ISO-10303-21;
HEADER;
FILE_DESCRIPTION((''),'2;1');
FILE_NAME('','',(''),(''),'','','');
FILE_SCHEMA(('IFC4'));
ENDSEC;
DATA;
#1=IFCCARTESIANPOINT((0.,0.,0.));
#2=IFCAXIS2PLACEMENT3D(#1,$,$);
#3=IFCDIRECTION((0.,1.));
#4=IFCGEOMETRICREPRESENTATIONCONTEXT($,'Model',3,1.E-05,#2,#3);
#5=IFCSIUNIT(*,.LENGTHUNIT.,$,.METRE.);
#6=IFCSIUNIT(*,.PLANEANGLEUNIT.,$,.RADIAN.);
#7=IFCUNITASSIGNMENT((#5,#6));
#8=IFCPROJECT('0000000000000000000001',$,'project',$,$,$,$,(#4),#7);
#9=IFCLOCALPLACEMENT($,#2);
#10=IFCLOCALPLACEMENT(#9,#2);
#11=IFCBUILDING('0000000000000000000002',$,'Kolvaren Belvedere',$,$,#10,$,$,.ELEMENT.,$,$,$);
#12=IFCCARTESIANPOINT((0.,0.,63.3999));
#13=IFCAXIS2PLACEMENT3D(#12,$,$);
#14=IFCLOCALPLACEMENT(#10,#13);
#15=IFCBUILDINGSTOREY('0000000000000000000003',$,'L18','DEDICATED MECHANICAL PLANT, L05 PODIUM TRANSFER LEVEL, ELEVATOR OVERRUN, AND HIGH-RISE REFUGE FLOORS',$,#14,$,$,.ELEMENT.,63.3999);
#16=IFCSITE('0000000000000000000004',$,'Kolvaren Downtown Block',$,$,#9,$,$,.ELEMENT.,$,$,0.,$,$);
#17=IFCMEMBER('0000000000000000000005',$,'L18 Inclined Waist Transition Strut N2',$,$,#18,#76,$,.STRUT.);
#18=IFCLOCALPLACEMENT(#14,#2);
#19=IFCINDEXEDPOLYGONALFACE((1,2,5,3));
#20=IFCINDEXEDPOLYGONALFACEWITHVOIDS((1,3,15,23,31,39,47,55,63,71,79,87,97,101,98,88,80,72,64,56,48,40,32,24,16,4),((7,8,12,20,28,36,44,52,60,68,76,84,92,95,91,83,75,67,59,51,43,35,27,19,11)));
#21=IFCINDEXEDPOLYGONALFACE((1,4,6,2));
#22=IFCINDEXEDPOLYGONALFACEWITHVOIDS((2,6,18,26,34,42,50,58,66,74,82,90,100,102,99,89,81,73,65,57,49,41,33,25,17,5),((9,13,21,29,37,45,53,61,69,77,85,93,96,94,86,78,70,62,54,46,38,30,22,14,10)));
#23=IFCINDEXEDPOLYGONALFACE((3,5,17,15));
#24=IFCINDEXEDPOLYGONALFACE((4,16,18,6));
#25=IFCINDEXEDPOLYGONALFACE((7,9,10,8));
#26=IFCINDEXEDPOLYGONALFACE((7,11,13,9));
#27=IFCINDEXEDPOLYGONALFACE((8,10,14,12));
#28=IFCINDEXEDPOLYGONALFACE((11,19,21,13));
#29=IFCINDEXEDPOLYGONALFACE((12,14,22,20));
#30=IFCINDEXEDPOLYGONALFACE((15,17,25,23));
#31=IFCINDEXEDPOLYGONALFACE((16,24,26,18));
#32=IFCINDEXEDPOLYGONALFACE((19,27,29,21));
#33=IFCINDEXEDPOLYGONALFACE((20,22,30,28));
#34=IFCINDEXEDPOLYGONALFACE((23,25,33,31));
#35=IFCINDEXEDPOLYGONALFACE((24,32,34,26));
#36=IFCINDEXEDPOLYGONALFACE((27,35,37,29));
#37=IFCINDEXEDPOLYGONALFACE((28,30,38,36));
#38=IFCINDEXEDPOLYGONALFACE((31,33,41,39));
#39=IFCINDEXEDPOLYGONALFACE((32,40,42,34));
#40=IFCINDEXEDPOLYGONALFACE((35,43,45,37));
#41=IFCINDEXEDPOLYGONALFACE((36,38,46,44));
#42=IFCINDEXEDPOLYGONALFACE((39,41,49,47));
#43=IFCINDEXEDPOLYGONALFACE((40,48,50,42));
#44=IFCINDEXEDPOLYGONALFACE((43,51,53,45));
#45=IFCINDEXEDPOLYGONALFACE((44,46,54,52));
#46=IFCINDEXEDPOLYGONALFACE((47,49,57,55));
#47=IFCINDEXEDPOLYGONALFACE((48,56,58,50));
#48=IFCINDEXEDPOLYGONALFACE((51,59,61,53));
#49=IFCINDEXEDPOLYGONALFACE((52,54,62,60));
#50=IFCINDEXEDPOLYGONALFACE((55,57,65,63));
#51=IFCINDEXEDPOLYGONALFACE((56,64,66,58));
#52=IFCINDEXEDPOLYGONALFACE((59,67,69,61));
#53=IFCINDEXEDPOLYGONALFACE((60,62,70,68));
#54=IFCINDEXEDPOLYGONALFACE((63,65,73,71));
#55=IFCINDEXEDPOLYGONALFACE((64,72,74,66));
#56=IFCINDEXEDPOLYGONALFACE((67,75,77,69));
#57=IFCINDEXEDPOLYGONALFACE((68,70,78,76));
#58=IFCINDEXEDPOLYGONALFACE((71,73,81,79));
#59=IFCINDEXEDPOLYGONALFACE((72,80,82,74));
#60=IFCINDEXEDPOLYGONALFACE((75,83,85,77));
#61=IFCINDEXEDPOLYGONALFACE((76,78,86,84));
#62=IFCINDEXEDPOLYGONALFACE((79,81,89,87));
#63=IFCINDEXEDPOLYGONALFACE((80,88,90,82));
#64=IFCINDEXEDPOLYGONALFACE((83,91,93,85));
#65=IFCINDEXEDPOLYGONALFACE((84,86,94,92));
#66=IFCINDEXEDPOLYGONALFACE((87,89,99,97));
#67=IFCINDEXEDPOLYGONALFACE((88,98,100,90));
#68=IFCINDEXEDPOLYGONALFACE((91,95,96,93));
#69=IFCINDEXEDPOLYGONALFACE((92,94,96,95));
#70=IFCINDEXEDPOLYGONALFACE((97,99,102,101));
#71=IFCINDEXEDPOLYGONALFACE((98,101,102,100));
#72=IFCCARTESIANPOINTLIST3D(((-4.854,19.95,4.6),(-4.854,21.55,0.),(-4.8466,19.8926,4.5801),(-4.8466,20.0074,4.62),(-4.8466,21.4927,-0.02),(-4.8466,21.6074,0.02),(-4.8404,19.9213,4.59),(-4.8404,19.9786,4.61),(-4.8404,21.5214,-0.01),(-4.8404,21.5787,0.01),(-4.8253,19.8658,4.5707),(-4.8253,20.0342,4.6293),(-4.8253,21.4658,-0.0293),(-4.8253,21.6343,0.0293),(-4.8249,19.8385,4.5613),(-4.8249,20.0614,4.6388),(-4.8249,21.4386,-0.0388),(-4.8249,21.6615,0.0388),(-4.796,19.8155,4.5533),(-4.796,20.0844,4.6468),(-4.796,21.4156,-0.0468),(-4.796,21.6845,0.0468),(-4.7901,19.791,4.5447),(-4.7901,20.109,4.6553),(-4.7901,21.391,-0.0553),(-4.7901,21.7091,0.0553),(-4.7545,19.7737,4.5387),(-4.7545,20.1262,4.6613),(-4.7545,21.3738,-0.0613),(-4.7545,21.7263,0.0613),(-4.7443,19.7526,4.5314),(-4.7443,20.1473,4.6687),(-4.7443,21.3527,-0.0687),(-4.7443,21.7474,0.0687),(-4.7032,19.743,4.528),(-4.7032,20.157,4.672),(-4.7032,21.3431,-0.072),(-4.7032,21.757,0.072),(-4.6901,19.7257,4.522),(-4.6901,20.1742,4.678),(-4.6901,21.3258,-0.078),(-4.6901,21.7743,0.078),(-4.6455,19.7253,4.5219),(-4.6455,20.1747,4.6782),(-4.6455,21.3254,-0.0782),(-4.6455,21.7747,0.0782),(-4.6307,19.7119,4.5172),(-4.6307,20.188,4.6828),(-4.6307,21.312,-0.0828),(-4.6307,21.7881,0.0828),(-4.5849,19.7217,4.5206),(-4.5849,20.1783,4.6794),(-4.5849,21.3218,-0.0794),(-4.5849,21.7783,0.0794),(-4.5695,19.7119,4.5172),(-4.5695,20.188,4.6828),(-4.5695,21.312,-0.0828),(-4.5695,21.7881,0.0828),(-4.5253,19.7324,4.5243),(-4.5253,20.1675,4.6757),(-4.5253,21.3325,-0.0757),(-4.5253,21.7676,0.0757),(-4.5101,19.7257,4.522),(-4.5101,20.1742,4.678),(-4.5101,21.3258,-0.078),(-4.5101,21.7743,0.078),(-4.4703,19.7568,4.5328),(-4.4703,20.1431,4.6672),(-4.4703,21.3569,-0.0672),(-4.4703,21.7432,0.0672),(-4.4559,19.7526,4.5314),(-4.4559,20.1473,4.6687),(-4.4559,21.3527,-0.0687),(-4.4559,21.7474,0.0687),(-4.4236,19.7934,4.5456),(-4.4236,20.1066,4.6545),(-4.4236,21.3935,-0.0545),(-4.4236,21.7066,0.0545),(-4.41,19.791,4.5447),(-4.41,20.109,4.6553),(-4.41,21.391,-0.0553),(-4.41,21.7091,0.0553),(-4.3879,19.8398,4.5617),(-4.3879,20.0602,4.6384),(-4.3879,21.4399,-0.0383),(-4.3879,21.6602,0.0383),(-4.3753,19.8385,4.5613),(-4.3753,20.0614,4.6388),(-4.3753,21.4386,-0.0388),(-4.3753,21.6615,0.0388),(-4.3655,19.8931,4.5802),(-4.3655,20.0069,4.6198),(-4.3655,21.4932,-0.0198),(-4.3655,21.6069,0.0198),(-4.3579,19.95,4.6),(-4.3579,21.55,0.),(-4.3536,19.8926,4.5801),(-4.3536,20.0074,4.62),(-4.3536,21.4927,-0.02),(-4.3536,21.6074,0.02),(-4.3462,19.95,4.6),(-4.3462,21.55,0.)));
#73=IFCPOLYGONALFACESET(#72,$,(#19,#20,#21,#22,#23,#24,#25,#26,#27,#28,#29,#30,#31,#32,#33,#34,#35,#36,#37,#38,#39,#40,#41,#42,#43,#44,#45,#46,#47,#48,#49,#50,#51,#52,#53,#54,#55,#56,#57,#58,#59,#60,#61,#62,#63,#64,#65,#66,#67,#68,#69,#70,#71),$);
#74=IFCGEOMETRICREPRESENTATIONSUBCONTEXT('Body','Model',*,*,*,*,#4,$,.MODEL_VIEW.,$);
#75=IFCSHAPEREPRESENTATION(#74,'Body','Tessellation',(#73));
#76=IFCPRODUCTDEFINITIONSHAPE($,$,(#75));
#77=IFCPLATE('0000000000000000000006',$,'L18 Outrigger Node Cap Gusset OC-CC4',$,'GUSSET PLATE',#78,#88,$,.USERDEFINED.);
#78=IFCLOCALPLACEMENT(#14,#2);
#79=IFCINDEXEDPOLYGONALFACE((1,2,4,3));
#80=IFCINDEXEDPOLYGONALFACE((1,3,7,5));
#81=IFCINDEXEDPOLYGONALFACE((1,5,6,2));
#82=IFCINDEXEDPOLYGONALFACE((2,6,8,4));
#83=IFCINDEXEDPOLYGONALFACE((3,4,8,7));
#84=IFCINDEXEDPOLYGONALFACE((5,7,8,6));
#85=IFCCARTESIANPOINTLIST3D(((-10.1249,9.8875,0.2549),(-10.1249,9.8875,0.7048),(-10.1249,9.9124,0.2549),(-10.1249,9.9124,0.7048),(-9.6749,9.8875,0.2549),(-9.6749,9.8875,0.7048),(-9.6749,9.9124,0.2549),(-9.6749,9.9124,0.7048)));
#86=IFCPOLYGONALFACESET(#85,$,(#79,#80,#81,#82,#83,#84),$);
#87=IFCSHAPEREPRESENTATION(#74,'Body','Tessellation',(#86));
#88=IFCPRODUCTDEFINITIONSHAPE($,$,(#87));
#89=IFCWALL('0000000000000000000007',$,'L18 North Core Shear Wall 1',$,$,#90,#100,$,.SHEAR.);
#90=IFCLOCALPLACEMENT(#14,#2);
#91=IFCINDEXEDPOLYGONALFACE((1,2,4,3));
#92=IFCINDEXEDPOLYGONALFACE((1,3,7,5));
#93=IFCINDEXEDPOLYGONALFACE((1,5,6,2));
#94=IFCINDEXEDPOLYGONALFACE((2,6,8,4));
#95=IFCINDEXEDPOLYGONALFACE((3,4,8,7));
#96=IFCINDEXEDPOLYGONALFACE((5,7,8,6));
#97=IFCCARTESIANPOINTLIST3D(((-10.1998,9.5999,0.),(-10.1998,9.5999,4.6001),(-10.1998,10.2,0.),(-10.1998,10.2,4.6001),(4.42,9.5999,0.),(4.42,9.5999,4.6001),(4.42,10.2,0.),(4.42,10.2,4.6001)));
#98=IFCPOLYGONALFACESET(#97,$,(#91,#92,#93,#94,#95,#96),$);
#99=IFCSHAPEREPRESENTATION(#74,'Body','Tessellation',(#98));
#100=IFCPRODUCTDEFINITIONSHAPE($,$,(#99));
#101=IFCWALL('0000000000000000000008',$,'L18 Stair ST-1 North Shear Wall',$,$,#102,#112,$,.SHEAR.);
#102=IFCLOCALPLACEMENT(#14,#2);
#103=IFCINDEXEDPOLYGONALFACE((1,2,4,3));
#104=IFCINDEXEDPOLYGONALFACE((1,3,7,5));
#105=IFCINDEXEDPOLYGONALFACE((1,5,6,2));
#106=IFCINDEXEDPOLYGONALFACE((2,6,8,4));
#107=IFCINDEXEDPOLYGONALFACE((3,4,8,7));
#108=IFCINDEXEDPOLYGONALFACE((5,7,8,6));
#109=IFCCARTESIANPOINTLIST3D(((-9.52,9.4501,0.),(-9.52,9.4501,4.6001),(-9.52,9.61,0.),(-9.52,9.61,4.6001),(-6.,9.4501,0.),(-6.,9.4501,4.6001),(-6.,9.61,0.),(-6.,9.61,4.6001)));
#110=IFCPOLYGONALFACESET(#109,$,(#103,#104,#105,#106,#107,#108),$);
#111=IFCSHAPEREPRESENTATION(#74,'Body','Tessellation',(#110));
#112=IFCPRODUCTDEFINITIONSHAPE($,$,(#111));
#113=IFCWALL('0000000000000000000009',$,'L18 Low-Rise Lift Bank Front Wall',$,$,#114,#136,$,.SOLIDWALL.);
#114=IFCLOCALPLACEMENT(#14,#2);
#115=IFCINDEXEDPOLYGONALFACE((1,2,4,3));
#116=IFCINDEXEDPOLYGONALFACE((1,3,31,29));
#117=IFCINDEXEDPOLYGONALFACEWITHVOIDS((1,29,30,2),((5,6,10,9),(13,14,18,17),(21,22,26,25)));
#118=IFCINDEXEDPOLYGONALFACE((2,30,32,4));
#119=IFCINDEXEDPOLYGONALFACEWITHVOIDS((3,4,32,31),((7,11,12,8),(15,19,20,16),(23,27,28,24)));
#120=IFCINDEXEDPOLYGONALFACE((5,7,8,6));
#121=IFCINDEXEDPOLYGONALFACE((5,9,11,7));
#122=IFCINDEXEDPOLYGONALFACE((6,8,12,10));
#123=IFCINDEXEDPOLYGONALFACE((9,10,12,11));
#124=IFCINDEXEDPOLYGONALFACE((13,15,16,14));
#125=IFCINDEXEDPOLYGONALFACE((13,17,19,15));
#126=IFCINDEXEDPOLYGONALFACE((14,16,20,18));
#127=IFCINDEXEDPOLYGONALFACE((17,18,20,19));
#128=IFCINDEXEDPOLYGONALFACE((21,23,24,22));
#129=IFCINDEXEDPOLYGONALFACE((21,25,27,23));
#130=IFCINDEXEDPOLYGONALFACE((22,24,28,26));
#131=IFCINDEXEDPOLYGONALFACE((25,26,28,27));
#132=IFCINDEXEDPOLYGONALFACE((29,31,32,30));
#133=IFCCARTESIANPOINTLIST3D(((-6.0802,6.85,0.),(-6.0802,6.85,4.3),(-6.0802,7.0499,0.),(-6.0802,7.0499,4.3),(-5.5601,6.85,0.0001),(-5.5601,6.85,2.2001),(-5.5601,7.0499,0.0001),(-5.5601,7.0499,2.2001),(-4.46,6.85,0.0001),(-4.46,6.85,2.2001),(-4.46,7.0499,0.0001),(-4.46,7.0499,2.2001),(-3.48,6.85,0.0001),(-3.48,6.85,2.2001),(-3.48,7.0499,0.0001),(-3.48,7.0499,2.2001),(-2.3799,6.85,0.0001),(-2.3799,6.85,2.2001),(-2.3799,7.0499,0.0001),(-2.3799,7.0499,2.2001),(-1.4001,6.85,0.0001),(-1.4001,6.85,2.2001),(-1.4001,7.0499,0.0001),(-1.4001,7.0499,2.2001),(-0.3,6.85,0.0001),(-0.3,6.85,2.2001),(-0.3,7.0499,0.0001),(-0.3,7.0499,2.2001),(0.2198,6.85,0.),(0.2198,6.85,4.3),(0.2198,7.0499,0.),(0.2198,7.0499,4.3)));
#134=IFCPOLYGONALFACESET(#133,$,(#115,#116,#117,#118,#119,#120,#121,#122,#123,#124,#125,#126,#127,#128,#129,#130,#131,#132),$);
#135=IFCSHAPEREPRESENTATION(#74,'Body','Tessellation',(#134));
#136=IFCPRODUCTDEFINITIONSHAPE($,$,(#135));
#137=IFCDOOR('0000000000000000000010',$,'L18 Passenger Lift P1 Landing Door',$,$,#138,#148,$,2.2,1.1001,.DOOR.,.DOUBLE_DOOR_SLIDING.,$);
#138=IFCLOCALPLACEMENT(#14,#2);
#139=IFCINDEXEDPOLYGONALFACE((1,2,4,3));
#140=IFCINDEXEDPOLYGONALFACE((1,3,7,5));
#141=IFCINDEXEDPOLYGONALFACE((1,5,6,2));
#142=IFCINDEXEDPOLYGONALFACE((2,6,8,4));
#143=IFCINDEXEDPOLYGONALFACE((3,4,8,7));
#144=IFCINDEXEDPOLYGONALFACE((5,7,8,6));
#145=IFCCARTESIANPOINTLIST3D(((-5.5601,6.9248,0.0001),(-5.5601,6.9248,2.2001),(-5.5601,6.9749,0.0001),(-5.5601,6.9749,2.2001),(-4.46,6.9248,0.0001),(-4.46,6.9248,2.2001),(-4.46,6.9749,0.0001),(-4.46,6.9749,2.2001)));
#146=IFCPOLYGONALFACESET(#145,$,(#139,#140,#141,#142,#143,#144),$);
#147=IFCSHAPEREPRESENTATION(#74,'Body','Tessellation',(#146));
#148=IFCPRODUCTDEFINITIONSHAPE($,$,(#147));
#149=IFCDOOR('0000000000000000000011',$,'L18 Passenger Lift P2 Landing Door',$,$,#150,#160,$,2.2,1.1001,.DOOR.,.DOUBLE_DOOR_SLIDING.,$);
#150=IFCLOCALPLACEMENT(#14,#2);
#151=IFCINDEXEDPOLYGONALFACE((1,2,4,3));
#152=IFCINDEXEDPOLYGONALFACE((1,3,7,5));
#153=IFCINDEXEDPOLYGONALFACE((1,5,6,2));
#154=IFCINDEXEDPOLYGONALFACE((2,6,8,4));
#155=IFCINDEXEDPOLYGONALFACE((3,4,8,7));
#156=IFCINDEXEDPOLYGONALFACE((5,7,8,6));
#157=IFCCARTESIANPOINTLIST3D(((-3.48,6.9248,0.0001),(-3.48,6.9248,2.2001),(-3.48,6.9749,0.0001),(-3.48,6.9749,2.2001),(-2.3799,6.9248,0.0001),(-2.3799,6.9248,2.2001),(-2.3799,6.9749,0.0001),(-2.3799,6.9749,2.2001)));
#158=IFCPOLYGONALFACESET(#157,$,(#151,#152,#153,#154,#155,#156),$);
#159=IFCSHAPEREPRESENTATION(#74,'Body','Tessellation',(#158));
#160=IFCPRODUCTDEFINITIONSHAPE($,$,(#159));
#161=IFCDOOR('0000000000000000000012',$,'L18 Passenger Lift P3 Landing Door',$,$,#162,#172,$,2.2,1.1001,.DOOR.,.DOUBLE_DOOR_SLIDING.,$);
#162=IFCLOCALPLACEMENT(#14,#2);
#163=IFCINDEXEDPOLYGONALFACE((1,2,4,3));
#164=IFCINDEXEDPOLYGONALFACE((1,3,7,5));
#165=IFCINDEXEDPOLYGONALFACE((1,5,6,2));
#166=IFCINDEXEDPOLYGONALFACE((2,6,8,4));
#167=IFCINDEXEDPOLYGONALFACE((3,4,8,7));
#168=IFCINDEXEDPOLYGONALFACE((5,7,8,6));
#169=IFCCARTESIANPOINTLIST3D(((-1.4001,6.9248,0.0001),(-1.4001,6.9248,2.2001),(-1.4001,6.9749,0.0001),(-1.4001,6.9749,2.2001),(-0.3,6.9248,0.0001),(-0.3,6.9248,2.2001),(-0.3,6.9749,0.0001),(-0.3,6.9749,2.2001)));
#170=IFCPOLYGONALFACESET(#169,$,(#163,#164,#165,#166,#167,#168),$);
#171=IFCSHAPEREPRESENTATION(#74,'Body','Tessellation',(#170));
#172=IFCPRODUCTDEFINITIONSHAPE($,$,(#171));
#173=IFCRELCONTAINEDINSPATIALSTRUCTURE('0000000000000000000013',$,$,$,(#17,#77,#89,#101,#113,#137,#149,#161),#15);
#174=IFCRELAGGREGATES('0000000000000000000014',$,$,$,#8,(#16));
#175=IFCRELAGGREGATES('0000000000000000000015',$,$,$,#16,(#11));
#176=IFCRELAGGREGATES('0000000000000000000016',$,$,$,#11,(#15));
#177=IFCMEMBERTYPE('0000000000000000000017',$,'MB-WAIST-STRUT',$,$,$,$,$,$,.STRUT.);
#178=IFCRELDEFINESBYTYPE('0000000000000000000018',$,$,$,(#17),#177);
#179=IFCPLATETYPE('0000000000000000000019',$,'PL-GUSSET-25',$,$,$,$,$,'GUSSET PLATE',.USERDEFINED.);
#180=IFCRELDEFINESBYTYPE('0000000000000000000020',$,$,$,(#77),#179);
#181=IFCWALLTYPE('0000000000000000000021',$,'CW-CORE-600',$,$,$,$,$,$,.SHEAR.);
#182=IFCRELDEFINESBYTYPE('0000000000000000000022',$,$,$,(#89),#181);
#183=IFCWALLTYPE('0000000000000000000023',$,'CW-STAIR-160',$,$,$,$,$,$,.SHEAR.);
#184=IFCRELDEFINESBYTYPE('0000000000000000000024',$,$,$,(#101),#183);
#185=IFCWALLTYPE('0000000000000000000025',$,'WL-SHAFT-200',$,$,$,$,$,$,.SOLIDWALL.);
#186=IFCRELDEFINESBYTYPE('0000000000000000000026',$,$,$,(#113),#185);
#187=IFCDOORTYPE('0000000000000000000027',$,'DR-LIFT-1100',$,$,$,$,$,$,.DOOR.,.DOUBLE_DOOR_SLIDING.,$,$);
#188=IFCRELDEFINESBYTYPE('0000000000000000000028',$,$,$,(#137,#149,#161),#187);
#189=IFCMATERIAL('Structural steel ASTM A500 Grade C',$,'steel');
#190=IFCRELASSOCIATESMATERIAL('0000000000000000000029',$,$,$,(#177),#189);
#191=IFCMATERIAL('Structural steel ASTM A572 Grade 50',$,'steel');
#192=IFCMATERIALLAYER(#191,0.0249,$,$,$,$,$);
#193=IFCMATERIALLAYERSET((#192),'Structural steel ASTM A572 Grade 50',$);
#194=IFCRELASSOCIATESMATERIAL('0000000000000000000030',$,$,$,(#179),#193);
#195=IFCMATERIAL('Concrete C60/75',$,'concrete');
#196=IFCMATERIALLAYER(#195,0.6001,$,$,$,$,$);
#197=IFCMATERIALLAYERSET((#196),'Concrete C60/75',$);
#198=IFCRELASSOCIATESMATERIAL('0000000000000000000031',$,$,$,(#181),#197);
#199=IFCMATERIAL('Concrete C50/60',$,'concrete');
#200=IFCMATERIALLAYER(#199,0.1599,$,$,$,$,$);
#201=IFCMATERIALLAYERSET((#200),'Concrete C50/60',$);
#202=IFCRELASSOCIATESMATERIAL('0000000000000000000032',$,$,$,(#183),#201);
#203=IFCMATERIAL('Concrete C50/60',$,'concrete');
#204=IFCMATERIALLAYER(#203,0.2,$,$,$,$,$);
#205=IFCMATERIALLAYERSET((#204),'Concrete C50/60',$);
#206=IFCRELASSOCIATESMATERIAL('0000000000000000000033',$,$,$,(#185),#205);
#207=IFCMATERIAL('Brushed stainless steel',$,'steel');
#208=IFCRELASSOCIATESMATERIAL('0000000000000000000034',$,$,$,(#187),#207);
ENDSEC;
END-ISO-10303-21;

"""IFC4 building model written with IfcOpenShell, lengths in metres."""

from ifc_helpers import new_model, si_unit, direction, frame, frame_2d, origin, origin_2d, place, context, subcontext, project, spatial, rectangle, hollow_circle, extrude, material, layer, layer_set, material_profile, profile_set, type_object, element, fill, save


model = new_model("IFC4")

# Units and contexts
model_context = context("Model", 3, precision=1e-05, world=origin(), true_north=direction((0.0, 1.0)))
body_context = subcontext(model_context, "Body", "Model", "MODEL_VIEW")
ifc_project = project(units=[si_unit("LENGTHUNIT", "METRE"), si_unit("PLANEANGLEUNIT", "RADIAN")], contexts=[model_context])

# Site, building, storey
site_placement = place(None, origin())
site = spatial("IfcSite", under=ifc_project, at=site_placement, Name="Kolvaren Downtown Block", CompositionType="ELEMENT", RefElevation=0.0)
building_placement = place(site_placement, origin())
building = spatial("IfcBuilding", under=site, at=building_placement, Name="Kolvaren Belvedere", CompositionType="ELEMENT")
storey_placement = place(building_placement, frame((0.0, 0.0, 63.3999)))
storey = spatial("IfcBuildingStorey", under=building, at=storey_placement, Name="L18", Description="DEDICATED MECHANICAL PLANT, L05 PODIUM TRANSFER LEVEL, ELEVATOR OVERRUN, AND HIGH-RISE REFUGE FLOORS", CompositionType="ELEMENT", Elevation=63.3999)

# Member
ifc_material_1 = material(Name="Structural steel ASTM A500 Grade C", Category="steel")
ifc_material_profile_1 = material_profile(ifc_material_1, hollow_circle(Radius=0.2539, WallThickness=0.0117, at=origin_2d()), Name="HSS20.000X0.500")
ifc_profile_set_1 = profile_set([ifc_material_profile_1], Name="Structural steel ASTM A500 Grade C")
member_type = type_object("IfcMemberType", Name="MB-WAIST-STRUT", PredefinedType="STRUT", material=ifc_profile_set_1)
member_placement = place(storey_placement, frame((-4.6001, 21.55, 0.0), z_axis=(0.0, -0.328532, 0.944493), x_axis=(1.0, 0.0, 0.0)))
element("IfcMember", 1, at=member_placement, inside=storey, type_object=member_type, Name="L18 Inclined Waist Transition Strut N2", PredefinedType="STRUT", context=body_context, shape_type="SweptSolid", body=[
    extrude(hollow_circle(Radius=0.2539, WallThickness=0.0117, at=origin_2d()), origin(), (0.0, 0.0, 1.0), 4.8704),
])

# Plate
ifc_material_2 = material(Name="Structural steel ASTM A572 Grade 50", Category="steel")
ifc_layer_1 = layer(ifc_material_2, 0.0249)
ifc_layer_set_1 = layer_set([ifc_layer_1], Name="Structural steel ASTM A572 Grade 50")
plate_type = type_object("IfcPlateType", Name="PL-GUSSET-25", ElementType="GUSSET PLATE", PredefinedType="USERDEFINED", material=ifc_layer_set_1)
plate_placement = place(storey_placement, frame((-9.8999, 9.8999, 0.2549), z_axis=(0.0, 0.0, 1.0), x_axis=(1.0, 0.0, 0.0)))
element("IfcPlate", 2, at=plate_placement, inside=storey, type_object=plate_type, Name="L18 Outrigger Node Cap Gusset OC-CC4", ObjectType="GUSSET PLATE", PredefinedType="USERDEFINED", context=body_context, shape_type="SweptSolid", body=[
    extrude(rectangle(XDim=0.45, YDim=0.0249, at=origin_2d()), origin(), (0.0, 0.0, 1.0), 0.45),
])

# Walls
ifc_material_3 = material(Name="Concrete C60/75", Category="concrete")
ifc_layer_2 = layer(ifc_material_3, 0.6001)
ifc_layer_set_2 = layer_set([ifc_layer_2], Name="Concrete C60/75")
wall_type_1 = type_object("IfcWallType", Name="CW-CORE-600", PredefinedType="SHEAR", material=ifc_layer_set_2)
wall_1_placement = place(storey_placement, frame((-10.2, 9.8999, 0.0), z_axis=(0.0, 0.0, 1.0), x_axis=(1.0, 0.0, 0.0)))
element("IfcWall", 3, at=wall_1_placement, inside=storey, type_object=wall_type_1, Name="L18 North Core Shear Wall 1", PredefinedType="SHEAR", context=body_context, shape_type="SweptSolid", body=[
    extrude(rectangle(XDim=14.6199, YDim=0.6001, at=frame_2d((7.3101, 0.0))), origin(), (0.0, 0.0, 1.0), 4.6001),
])
ifc_material_4 = material(Name="Concrete C50/60", Category="concrete")
ifc_layer_3 = layer(ifc_material_4, 0.1599)
ifc_layer_set_3 = layer_set([ifc_layer_3], Name="Concrete C50/60")
wall_type_2 = type_object("IfcWallType", Name="CW-STAIR-160", PredefinedType="SHEAR", material=ifc_layer_set_3)
wall_2_placement = place(storey_placement, frame((-9.52, 9.53, 0.0), z_axis=(0.0, 0.0, 1.0), x_axis=(1.0, 0.0, 0.0)))
element("IfcWall", 4, at=wall_2_placement, inside=storey, type_object=wall_type_2, Name="L18 Stair ST-1 North Shear Wall", PredefinedType="SHEAR", context=body_context, shape_type="SweptSolid", body=[
    extrude(rectangle(XDim=3.52, YDim=0.1599, at=frame_2d((1.76, 0.0))), origin(), (0.0, 0.0, 1.0), 4.6001),
])

# Wall, openings, doors
ifc_material_5 = material(Name="Concrete C50/60", Category="concrete")
ifc_layer_4 = layer(ifc_material_5, 0.2)
ifc_layer_set_4 = layer_set([ifc_layer_4], Name="Concrete C50/60")
wall_type_3 = type_object("IfcWallType", Name="WL-SHAFT-200", PredefinedType="SOLIDWALL", material=ifc_layer_set_4)
wall_3_placement = place(storey_placement, frame((-6.0801, 6.95, 0.0), z_axis=(0.0, 0.0, 1.0), x_axis=(1.0, 0.0, 0.0)))
wall_3 = element("IfcWall", 5, at=wall_3_placement, inside=storey, type_object=wall_type_3, Name="L18 Low-Rise Lift Bank Front Wall", PredefinedType="SOLIDWALL", context=body_context, shape_type="SweptSolid", body=[
    extrude(rectangle(XDim=6.3, YDim=0.2, at=frame_2d((3.1499, 0.0))), origin(), (0.0, 0.0, 1.0), 4.3),
])
opening_1_placement = place(wall_3_placement, frame((0.52, 0.0, 0.0)))
opening_1 = element("IfcOpeningElement", 6, at=opening_1_placement, cuts=wall_3, PredefinedType="OPENING", context=body_context, shape_type="SweptSolid", body=[
    extrude(rectangle(XDim=1.1001, YDim=2.2, at=frame_2d((0.55, 1.1001))), frame((0.0, 0.1099, 0.0), z_axis=(0.0, -1.0, 0.0), x_axis=(1.0, 0.0, 0.0)), (0.0, 0.0, 1.0), 0.22),
])
opening_2_placement = place(wall_3_placement, frame((2.6001, 0.0, 0.0)))
opening_2 = element("IfcOpeningElement", 7, at=opening_2_placement, cuts=wall_3, PredefinedType="OPENING", context=body_context, shape_type="SweptSolid", body=[
    extrude(rectangle(XDim=1.1001, YDim=2.2, at=frame_2d((0.55, 1.1001))), frame((0.0, 0.1099, 0.0), z_axis=(0.0, -1.0, 0.0), x_axis=(1.0, 0.0, 0.0)), (0.0, 0.0, 1.0), 0.22),
])
opening_3_placement = place(wall_3_placement, frame((4.6799, 0.0, 0.0)))
opening_3 = element("IfcOpeningElement", 8, at=opening_3_placement, cuts=wall_3, PredefinedType="OPENING", context=body_context, shape_type="SweptSolid", body=[
    extrude(rectangle(XDim=1.1001, YDim=2.2, at=frame_2d((0.55, 1.1001))), frame((0.0, 0.1099, 0.0), z_axis=(0.0, -1.0, 0.0), x_axis=(1.0, 0.0, 0.0)), (0.0, 0.0, 1.0), 0.22),
])
ifc_material_6 = material(Name="Brushed stainless steel", Category="steel")
door_type = type_object("IfcDoorType", Name="DR-LIFT-1100", OperationType="DOUBLE_DOOR_SLIDING", PredefinedType="DOOR", material=ifc_material_6)
door_1_placement = place(opening_1_placement, origin())
door_1 = element("IfcDoor", 9, at=door_1_placement, inside=storey, type_object=door_type, Name="L18 Passenger Lift P1 Landing Door", OperationType="DOUBLE_DOOR_SLIDING", OverallHeight=2.2, OverallWidth=1.1001, PredefinedType="DOOR", context=body_context, shape_type="SweptSolid", body=[
    extrude(rectangle(XDim=1.1001, YDim=2.2, at=frame_2d((0.55, 1.1001))), frame((0.0, 0.0249, 0.0), z_axis=(0.0, -1.0, 0.0), x_axis=(1.0, 0.0, 0.0)), (0.0, 0.0, 1.0), 0.05),
])
fill(opening_1, door_1)
door_2_placement = place(opening_2_placement, origin())
door_2 = element("IfcDoor", 10, at=door_2_placement, inside=storey, type_object=door_type, Name="L18 Passenger Lift P2 Landing Door", OperationType="DOUBLE_DOOR_SLIDING", OverallHeight=2.2, OverallWidth=1.1001, PredefinedType="DOOR", context=body_context, shape_type="SweptSolid", body=[
    extrude(rectangle(XDim=1.1001, YDim=2.2, at=frame_2d((0.55, 1.1001))), frame((0.0, 0.0249, 0.0), z_axis=(0.0, -1.0, 0.0), x_axis=(1.0, 0.0, 0.0)), (0.0, 0.0, 1.0), 0.05),
])
fill(opening_2, door_2)
door_3_placement = place(opening_3_placement, origin())
door_3 = element("IfcDoor", 11, at=door_3_placement, inside=storey, type_object=door_type, Name="L18 Passenger Lift P3 Landing Door", OperationType="DOUBLE_DOOR_SLIDING", OverallHeight=2.2, OverallWidth=1.1001, PredefinedType="DOOR", context=body_context, shape_type="SweptSolid", body=[
    extrude(rectangle(XDim=1.1001, YDim=2.2, at=frame_2d((0.55, 1.1001))), frame((0.0, 0.0249, 0.0), z_axis=(0.0, -1.0, 0.0), x_axis=(1.0, 0.0, 0.0)), (0.0, 0.0, 1.0), 0.05),
])
fill(opening_3, door_3)

save(model, "model.ifc")
